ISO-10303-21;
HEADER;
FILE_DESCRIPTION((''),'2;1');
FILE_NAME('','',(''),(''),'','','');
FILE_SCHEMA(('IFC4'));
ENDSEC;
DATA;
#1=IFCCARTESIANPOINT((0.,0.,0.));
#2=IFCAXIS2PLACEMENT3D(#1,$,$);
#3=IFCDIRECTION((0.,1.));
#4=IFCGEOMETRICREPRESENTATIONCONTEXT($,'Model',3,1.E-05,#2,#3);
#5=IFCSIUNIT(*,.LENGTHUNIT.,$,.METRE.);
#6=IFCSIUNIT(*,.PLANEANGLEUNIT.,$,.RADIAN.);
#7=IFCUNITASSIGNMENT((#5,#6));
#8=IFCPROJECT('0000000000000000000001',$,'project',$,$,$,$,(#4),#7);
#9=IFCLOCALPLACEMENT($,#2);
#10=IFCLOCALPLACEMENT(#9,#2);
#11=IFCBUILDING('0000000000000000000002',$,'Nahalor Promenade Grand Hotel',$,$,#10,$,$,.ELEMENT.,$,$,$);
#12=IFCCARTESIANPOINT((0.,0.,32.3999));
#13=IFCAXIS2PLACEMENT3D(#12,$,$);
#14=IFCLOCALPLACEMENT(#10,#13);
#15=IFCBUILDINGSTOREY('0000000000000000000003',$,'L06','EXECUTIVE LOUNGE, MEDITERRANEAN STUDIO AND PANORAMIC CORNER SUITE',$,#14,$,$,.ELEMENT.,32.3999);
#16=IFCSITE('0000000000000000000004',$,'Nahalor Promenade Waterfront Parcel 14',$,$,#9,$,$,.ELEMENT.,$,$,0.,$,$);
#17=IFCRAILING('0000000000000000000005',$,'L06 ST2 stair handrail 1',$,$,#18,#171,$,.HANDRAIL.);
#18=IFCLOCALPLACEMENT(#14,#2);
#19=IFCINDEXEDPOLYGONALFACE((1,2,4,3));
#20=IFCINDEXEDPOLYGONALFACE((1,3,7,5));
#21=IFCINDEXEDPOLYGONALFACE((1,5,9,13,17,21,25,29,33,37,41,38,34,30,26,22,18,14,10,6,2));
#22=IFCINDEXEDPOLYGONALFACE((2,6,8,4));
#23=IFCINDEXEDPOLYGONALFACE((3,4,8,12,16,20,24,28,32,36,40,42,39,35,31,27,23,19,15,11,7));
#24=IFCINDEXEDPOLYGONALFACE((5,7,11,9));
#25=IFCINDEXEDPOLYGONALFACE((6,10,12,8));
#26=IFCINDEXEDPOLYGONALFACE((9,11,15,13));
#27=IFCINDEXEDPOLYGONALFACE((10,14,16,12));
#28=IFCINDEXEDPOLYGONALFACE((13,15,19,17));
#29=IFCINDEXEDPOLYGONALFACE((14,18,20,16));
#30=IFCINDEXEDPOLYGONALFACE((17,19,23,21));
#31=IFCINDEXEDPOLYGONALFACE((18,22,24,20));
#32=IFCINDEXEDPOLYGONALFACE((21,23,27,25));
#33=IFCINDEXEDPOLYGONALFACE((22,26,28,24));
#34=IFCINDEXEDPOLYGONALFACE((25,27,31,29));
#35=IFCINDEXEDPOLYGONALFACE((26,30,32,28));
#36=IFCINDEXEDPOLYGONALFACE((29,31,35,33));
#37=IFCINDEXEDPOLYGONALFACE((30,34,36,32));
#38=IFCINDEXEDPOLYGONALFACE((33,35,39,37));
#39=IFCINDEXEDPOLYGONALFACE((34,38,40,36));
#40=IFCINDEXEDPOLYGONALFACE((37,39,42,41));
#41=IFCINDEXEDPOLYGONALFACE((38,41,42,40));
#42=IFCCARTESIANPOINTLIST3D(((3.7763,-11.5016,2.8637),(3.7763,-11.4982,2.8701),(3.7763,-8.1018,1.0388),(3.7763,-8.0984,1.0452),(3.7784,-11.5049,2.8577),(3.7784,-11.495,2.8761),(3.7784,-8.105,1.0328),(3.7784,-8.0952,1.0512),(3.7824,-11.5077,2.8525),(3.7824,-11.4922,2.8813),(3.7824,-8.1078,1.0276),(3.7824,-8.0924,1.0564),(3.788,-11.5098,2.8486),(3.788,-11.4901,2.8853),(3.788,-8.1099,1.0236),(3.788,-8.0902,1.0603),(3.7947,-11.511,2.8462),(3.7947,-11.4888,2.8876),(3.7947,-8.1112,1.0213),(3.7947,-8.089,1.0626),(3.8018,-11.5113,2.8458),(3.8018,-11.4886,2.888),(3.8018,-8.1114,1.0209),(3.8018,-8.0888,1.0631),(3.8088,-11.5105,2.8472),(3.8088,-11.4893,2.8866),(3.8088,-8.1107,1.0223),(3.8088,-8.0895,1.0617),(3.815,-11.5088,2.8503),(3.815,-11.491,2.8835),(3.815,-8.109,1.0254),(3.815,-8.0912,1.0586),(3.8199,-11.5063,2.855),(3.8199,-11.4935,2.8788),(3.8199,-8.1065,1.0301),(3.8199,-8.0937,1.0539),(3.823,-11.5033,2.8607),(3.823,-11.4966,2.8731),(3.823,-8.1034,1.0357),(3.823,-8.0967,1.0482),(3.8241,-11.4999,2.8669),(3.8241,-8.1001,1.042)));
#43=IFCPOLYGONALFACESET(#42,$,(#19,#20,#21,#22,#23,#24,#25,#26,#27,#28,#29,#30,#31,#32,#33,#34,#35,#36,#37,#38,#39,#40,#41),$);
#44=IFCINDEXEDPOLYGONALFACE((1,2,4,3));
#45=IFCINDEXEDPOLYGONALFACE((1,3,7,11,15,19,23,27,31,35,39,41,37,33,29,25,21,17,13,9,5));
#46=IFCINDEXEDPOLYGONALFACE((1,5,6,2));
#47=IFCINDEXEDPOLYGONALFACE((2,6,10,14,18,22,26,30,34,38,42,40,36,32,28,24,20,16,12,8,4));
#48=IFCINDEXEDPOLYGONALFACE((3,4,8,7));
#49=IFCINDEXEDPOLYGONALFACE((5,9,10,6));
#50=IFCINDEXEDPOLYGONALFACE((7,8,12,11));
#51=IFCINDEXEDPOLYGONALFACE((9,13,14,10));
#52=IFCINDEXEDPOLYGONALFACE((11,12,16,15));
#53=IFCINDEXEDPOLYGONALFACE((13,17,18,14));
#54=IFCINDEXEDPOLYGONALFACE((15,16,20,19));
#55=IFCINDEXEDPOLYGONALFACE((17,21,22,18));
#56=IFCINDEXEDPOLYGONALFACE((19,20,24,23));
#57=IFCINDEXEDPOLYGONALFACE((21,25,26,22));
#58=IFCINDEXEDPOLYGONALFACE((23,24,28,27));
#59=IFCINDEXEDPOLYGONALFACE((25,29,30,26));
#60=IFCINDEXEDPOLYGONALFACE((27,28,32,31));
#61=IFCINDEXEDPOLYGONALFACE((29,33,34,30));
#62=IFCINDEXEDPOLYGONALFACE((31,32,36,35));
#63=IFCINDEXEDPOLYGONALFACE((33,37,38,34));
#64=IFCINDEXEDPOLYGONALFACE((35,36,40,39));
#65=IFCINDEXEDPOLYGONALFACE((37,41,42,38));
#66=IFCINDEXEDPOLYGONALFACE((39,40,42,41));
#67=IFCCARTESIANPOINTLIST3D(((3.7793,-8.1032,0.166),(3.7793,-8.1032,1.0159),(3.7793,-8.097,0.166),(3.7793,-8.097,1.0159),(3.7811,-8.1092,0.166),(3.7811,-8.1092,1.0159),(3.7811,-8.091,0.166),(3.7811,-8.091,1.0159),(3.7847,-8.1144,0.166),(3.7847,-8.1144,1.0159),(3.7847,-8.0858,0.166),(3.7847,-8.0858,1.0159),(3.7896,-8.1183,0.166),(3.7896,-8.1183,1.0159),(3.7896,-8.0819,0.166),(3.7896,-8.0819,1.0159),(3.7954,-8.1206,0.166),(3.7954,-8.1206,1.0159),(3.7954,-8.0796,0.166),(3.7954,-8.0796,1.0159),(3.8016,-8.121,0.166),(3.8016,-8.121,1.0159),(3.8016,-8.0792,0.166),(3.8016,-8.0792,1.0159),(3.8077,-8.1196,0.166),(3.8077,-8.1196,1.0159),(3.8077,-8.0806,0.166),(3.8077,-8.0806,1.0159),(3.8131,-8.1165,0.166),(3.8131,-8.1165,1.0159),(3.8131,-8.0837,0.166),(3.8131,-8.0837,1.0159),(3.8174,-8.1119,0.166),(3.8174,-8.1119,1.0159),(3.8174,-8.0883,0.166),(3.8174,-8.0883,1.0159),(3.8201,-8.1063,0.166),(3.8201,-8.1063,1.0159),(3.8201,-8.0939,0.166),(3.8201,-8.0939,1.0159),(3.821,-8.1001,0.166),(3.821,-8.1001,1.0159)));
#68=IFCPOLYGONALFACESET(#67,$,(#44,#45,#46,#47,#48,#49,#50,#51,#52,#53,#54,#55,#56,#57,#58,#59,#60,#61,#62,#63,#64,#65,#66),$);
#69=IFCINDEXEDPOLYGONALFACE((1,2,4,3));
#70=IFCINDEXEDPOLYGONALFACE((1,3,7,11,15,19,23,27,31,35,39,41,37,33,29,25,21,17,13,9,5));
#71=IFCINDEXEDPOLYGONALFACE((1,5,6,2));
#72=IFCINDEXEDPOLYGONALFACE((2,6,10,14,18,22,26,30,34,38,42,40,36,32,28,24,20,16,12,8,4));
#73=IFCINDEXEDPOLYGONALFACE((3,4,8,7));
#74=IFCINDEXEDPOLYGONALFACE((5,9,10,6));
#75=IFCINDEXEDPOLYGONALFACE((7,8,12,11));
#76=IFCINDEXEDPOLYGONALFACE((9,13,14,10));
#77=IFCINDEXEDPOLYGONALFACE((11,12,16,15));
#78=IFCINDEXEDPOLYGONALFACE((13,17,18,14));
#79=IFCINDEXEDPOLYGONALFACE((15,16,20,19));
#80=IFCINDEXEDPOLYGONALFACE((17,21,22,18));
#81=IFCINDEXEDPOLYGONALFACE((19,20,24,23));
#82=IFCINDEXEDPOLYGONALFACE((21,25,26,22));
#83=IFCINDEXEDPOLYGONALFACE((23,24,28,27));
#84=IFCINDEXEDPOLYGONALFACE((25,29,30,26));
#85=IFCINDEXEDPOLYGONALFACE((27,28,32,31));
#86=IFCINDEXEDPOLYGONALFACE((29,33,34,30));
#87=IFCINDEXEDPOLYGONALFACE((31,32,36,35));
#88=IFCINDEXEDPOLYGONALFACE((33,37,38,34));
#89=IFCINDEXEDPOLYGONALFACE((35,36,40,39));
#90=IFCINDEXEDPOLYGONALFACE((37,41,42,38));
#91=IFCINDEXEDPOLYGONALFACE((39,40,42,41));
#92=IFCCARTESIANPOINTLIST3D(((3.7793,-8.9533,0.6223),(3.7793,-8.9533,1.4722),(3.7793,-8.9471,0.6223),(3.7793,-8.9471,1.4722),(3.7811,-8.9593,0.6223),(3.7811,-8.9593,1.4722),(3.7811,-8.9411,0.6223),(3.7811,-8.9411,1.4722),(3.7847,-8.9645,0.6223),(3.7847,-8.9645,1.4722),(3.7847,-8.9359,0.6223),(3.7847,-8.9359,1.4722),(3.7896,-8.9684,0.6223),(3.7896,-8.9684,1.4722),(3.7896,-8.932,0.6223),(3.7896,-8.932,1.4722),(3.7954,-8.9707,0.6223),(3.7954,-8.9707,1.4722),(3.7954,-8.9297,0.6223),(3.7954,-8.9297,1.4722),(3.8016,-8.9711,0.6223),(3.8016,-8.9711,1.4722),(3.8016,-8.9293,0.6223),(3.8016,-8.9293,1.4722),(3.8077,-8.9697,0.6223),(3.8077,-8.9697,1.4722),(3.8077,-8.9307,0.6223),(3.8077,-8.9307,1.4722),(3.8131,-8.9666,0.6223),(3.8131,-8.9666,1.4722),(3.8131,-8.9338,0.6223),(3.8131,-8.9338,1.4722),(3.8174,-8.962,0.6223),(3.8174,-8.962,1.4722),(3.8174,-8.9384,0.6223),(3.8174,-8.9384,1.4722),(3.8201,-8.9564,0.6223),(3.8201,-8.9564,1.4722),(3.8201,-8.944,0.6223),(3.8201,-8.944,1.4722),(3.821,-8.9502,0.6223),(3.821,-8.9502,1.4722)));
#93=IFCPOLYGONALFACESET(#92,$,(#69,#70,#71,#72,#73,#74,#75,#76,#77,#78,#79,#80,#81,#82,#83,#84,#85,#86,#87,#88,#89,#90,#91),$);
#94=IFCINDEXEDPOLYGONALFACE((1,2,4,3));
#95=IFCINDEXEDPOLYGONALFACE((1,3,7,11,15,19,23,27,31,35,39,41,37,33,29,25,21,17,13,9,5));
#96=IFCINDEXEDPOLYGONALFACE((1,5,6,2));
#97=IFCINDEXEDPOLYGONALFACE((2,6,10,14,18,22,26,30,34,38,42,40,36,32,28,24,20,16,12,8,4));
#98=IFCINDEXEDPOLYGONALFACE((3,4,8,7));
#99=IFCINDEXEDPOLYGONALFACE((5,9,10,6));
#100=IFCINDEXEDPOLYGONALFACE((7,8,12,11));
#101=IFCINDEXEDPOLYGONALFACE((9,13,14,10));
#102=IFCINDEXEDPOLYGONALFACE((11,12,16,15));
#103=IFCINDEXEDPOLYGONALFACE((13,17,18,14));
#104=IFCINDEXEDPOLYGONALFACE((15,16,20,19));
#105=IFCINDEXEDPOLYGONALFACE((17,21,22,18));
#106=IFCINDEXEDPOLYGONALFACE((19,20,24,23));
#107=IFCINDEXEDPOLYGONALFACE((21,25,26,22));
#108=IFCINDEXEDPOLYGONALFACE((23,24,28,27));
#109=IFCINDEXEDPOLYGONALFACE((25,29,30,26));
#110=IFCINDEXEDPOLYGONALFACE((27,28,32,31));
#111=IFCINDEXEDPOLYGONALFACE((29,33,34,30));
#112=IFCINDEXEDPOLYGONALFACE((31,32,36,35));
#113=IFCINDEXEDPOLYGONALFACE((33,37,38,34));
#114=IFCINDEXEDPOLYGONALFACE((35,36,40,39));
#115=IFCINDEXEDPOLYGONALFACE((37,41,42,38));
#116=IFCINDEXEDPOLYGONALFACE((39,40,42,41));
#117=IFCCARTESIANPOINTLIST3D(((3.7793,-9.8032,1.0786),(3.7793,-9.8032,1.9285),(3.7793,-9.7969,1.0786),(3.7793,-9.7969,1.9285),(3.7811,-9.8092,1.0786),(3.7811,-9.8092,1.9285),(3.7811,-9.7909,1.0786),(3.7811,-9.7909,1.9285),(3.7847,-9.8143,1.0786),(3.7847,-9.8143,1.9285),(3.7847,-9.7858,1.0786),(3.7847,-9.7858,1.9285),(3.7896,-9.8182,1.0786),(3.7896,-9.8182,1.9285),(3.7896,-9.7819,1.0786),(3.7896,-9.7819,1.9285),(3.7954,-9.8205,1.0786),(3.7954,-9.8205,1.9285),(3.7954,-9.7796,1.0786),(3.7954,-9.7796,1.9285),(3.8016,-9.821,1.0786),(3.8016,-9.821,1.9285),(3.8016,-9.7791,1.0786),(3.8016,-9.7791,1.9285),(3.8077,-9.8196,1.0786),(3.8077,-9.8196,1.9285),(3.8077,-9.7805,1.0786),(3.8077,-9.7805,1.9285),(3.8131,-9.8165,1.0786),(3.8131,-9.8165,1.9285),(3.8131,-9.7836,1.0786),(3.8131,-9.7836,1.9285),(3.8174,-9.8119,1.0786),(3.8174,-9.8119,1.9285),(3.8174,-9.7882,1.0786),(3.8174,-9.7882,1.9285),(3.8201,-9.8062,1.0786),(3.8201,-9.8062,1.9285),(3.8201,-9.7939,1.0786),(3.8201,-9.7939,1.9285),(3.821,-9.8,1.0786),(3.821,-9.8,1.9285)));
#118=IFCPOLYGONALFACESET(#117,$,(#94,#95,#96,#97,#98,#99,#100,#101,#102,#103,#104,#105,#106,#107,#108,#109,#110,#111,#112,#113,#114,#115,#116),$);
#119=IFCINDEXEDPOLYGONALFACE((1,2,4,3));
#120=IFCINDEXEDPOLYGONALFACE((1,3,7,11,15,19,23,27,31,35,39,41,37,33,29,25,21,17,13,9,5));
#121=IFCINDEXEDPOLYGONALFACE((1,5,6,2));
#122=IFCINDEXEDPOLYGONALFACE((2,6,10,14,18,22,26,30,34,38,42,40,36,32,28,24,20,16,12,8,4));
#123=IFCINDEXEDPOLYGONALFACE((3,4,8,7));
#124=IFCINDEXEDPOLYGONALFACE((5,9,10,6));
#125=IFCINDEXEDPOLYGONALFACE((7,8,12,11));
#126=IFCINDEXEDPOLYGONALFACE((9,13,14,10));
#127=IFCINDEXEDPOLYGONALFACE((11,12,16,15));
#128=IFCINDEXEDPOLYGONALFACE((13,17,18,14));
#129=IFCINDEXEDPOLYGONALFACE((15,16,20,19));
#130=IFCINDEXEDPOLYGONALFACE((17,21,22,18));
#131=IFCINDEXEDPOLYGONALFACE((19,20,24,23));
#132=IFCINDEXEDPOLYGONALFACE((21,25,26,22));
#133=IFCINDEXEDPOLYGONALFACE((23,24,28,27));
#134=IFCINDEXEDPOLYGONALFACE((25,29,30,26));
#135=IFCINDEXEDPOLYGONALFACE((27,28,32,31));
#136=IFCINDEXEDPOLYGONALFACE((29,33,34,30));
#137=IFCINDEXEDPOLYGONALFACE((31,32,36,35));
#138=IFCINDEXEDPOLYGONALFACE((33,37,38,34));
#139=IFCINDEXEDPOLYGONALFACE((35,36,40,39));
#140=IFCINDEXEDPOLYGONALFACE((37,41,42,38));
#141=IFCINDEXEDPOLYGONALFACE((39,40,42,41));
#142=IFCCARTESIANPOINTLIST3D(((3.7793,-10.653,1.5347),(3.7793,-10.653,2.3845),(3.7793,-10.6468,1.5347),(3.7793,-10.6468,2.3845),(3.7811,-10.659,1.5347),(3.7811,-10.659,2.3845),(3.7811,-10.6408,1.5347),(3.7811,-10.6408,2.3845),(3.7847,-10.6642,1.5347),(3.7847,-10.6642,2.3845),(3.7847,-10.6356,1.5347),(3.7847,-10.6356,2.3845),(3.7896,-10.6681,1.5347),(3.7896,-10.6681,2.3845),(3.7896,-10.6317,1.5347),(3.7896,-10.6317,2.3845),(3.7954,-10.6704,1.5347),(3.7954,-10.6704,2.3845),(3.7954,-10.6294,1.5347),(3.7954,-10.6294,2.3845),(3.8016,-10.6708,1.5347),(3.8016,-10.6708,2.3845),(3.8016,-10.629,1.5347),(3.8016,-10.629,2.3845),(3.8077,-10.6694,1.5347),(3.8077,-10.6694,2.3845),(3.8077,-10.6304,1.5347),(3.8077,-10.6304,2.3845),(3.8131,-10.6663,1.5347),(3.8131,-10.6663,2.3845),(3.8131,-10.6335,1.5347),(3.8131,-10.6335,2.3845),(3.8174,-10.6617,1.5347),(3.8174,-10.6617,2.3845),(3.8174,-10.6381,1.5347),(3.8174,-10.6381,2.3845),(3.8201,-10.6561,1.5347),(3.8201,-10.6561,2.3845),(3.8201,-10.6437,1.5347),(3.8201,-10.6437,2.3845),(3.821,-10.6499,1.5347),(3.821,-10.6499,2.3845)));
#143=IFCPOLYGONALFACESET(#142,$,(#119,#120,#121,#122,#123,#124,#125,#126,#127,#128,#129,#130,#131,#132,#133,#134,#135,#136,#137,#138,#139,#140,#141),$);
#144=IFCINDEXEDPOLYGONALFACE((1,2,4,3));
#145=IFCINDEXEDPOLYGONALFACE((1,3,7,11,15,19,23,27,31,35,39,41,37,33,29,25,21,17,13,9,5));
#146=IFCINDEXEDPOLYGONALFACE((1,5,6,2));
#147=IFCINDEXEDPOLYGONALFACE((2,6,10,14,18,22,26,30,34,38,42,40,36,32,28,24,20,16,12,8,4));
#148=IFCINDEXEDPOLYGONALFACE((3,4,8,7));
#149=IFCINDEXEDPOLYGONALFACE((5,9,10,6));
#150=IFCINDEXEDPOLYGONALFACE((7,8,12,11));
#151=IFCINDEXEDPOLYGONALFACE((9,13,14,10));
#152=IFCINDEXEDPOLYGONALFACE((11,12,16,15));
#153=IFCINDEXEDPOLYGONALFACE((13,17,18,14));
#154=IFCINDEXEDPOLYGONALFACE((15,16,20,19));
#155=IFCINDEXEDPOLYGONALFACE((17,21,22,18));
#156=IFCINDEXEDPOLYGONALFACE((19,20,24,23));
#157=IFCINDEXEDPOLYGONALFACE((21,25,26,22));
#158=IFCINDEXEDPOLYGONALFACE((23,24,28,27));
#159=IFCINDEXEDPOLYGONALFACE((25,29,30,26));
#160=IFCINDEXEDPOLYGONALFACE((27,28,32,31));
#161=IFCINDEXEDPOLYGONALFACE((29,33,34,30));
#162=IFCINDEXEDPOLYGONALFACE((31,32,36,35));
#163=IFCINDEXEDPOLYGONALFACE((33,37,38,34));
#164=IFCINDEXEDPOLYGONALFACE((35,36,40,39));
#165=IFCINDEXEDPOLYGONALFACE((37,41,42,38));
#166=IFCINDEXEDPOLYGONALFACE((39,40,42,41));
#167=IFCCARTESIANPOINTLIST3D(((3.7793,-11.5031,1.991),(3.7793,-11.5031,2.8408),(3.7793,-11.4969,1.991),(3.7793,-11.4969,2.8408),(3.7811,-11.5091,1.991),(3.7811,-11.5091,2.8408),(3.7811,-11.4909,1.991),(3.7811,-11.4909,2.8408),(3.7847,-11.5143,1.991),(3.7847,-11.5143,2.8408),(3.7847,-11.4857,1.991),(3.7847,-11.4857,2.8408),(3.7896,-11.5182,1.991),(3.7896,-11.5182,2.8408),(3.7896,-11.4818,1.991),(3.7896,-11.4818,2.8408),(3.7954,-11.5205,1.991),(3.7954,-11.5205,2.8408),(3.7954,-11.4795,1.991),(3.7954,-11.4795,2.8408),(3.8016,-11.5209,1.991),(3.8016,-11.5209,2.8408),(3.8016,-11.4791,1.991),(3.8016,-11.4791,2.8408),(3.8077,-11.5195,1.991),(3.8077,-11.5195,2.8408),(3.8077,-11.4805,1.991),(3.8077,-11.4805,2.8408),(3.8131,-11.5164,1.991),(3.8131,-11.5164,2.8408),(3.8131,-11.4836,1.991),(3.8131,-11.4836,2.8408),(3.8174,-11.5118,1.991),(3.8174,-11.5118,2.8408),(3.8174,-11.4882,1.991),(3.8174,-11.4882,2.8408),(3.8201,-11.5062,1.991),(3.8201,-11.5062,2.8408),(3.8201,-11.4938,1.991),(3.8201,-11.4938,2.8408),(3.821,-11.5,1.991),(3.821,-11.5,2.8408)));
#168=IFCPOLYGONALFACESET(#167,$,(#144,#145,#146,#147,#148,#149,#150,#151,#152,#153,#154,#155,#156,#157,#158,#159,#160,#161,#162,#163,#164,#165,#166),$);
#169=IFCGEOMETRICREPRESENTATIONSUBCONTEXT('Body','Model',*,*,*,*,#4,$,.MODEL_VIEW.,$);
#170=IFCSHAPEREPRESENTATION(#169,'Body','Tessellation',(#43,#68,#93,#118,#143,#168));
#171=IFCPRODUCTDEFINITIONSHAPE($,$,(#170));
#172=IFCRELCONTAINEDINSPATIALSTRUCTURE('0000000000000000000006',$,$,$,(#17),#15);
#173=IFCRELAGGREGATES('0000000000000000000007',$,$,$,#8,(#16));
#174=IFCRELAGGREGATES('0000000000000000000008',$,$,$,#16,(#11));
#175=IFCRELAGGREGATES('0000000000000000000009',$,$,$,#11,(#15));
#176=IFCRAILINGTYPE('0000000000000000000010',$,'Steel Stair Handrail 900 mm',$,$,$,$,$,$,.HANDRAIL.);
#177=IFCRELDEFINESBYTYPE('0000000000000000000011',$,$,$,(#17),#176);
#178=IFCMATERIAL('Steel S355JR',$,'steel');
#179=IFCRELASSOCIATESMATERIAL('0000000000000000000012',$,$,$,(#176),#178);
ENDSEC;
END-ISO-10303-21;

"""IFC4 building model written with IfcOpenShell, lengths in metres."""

from ifc_helpers import new_model, si_unit, direction, frame, origin, origin_2d, place, context, subcontext, project, spatial, circle, extrude, material, type_object, element, save


model = new_model("IFC4")

# Units and contexts
model_context = context("Model", 3, precision=1e-05, world=origin(), true_north=direction((0.0, 1.0)))
body_context = subcontext(model_context, "Body", "Model", "MODEL_VIEW")
ifc_project = project(units=[si_unit("LENGTHUNIT", "METRE"), si_unit("PLANEANGLEUNIT", "RADIAN")], contexts=[model_context])

# Site, building, storey
site_placement = place(None, origin())
site = spatial("IfcSite", under=ifc_project, at=site_placement, Name="Nahalor Promenade Waterfront Parcel 14", CompositionType="ELEMENT", RefElevation=0.0)
building_placement = place(site_placement, origin())
building = spatial("IfcBuilding", under=site, at=building_placement, Name="Nahalor Promenade Grand Hotel", CompositionType="ELEMENT")
storey_placement = place(building_placement, frame((0.0, 0.0, 32.3999)))
storey = spatial("IfcBuildingStorey", under=building, at=storey_placement, Name="L06", Description="EXECUTIVE LOUNGE, MEDITERRANEAN STUDIO AND PANORAMIC CORNER SUITE", CompositionType="ELEMENT", Elevation=32.3999)

# Shared definitions
ifc_material_1 = material(Name="Steel S355JR", Category="steel")

# Railing
railing_type_1 = type_object("IfcRailingType", Name="Steel Stair Handrail 900 mm", PredefinedType="HANDRAIL", material=ifc_material_1)
railing_1_placement = place(storey_placement, frame((3.8, -8.1001, 0.166)))
element("IfcRailing", 1, at=railing_1_placement, inside=storey, type_object=railing_type_1, Name="L06 ST2 stair handrail 1", PredefinedType="HANDRAIL", context=body_context, shape_type="SweptSolid", body=[
    extrude(circle(Radius=0.024, at=origin_2d()), frame((0.0, 0.0, 0.876), z_axis=(0.0, -0.881094, 0.472941), x_axis=(1.0, 0.0, 0.0)), (0.0, 0.0, 1.0), 3.8586),
    extrude(circle(Radius=0.021, at=origin_2d()), origin(), (0.0, 0.0, 1.0), 0.8499),
    extrude(circle(Radius=0.021, at=origin_2d()), frame((0.0, -0.8501, 0.4563)), (0.0, 0.0, 1.0), 0.8499),
    extrude(circle(Radius=0.021, at=origin_2d()), frame((0.0, -1.7, 0.9126)), (0.0, 0.0, 1.0), 0.8499),
    extrude(circle(Radius=0.021, at=origin_2d()), frame((0.0, -2.5498, 1.3687)), (0.0, 0.0, 1.0), 0.8499),
    extrude(circle(Radius=0.021, at=origin_2d()), frame((0.0, -3.3999, 1.825)), (0.0, 0.0, 1.0), 0.8499),
])

save(model, "model.ifc")
